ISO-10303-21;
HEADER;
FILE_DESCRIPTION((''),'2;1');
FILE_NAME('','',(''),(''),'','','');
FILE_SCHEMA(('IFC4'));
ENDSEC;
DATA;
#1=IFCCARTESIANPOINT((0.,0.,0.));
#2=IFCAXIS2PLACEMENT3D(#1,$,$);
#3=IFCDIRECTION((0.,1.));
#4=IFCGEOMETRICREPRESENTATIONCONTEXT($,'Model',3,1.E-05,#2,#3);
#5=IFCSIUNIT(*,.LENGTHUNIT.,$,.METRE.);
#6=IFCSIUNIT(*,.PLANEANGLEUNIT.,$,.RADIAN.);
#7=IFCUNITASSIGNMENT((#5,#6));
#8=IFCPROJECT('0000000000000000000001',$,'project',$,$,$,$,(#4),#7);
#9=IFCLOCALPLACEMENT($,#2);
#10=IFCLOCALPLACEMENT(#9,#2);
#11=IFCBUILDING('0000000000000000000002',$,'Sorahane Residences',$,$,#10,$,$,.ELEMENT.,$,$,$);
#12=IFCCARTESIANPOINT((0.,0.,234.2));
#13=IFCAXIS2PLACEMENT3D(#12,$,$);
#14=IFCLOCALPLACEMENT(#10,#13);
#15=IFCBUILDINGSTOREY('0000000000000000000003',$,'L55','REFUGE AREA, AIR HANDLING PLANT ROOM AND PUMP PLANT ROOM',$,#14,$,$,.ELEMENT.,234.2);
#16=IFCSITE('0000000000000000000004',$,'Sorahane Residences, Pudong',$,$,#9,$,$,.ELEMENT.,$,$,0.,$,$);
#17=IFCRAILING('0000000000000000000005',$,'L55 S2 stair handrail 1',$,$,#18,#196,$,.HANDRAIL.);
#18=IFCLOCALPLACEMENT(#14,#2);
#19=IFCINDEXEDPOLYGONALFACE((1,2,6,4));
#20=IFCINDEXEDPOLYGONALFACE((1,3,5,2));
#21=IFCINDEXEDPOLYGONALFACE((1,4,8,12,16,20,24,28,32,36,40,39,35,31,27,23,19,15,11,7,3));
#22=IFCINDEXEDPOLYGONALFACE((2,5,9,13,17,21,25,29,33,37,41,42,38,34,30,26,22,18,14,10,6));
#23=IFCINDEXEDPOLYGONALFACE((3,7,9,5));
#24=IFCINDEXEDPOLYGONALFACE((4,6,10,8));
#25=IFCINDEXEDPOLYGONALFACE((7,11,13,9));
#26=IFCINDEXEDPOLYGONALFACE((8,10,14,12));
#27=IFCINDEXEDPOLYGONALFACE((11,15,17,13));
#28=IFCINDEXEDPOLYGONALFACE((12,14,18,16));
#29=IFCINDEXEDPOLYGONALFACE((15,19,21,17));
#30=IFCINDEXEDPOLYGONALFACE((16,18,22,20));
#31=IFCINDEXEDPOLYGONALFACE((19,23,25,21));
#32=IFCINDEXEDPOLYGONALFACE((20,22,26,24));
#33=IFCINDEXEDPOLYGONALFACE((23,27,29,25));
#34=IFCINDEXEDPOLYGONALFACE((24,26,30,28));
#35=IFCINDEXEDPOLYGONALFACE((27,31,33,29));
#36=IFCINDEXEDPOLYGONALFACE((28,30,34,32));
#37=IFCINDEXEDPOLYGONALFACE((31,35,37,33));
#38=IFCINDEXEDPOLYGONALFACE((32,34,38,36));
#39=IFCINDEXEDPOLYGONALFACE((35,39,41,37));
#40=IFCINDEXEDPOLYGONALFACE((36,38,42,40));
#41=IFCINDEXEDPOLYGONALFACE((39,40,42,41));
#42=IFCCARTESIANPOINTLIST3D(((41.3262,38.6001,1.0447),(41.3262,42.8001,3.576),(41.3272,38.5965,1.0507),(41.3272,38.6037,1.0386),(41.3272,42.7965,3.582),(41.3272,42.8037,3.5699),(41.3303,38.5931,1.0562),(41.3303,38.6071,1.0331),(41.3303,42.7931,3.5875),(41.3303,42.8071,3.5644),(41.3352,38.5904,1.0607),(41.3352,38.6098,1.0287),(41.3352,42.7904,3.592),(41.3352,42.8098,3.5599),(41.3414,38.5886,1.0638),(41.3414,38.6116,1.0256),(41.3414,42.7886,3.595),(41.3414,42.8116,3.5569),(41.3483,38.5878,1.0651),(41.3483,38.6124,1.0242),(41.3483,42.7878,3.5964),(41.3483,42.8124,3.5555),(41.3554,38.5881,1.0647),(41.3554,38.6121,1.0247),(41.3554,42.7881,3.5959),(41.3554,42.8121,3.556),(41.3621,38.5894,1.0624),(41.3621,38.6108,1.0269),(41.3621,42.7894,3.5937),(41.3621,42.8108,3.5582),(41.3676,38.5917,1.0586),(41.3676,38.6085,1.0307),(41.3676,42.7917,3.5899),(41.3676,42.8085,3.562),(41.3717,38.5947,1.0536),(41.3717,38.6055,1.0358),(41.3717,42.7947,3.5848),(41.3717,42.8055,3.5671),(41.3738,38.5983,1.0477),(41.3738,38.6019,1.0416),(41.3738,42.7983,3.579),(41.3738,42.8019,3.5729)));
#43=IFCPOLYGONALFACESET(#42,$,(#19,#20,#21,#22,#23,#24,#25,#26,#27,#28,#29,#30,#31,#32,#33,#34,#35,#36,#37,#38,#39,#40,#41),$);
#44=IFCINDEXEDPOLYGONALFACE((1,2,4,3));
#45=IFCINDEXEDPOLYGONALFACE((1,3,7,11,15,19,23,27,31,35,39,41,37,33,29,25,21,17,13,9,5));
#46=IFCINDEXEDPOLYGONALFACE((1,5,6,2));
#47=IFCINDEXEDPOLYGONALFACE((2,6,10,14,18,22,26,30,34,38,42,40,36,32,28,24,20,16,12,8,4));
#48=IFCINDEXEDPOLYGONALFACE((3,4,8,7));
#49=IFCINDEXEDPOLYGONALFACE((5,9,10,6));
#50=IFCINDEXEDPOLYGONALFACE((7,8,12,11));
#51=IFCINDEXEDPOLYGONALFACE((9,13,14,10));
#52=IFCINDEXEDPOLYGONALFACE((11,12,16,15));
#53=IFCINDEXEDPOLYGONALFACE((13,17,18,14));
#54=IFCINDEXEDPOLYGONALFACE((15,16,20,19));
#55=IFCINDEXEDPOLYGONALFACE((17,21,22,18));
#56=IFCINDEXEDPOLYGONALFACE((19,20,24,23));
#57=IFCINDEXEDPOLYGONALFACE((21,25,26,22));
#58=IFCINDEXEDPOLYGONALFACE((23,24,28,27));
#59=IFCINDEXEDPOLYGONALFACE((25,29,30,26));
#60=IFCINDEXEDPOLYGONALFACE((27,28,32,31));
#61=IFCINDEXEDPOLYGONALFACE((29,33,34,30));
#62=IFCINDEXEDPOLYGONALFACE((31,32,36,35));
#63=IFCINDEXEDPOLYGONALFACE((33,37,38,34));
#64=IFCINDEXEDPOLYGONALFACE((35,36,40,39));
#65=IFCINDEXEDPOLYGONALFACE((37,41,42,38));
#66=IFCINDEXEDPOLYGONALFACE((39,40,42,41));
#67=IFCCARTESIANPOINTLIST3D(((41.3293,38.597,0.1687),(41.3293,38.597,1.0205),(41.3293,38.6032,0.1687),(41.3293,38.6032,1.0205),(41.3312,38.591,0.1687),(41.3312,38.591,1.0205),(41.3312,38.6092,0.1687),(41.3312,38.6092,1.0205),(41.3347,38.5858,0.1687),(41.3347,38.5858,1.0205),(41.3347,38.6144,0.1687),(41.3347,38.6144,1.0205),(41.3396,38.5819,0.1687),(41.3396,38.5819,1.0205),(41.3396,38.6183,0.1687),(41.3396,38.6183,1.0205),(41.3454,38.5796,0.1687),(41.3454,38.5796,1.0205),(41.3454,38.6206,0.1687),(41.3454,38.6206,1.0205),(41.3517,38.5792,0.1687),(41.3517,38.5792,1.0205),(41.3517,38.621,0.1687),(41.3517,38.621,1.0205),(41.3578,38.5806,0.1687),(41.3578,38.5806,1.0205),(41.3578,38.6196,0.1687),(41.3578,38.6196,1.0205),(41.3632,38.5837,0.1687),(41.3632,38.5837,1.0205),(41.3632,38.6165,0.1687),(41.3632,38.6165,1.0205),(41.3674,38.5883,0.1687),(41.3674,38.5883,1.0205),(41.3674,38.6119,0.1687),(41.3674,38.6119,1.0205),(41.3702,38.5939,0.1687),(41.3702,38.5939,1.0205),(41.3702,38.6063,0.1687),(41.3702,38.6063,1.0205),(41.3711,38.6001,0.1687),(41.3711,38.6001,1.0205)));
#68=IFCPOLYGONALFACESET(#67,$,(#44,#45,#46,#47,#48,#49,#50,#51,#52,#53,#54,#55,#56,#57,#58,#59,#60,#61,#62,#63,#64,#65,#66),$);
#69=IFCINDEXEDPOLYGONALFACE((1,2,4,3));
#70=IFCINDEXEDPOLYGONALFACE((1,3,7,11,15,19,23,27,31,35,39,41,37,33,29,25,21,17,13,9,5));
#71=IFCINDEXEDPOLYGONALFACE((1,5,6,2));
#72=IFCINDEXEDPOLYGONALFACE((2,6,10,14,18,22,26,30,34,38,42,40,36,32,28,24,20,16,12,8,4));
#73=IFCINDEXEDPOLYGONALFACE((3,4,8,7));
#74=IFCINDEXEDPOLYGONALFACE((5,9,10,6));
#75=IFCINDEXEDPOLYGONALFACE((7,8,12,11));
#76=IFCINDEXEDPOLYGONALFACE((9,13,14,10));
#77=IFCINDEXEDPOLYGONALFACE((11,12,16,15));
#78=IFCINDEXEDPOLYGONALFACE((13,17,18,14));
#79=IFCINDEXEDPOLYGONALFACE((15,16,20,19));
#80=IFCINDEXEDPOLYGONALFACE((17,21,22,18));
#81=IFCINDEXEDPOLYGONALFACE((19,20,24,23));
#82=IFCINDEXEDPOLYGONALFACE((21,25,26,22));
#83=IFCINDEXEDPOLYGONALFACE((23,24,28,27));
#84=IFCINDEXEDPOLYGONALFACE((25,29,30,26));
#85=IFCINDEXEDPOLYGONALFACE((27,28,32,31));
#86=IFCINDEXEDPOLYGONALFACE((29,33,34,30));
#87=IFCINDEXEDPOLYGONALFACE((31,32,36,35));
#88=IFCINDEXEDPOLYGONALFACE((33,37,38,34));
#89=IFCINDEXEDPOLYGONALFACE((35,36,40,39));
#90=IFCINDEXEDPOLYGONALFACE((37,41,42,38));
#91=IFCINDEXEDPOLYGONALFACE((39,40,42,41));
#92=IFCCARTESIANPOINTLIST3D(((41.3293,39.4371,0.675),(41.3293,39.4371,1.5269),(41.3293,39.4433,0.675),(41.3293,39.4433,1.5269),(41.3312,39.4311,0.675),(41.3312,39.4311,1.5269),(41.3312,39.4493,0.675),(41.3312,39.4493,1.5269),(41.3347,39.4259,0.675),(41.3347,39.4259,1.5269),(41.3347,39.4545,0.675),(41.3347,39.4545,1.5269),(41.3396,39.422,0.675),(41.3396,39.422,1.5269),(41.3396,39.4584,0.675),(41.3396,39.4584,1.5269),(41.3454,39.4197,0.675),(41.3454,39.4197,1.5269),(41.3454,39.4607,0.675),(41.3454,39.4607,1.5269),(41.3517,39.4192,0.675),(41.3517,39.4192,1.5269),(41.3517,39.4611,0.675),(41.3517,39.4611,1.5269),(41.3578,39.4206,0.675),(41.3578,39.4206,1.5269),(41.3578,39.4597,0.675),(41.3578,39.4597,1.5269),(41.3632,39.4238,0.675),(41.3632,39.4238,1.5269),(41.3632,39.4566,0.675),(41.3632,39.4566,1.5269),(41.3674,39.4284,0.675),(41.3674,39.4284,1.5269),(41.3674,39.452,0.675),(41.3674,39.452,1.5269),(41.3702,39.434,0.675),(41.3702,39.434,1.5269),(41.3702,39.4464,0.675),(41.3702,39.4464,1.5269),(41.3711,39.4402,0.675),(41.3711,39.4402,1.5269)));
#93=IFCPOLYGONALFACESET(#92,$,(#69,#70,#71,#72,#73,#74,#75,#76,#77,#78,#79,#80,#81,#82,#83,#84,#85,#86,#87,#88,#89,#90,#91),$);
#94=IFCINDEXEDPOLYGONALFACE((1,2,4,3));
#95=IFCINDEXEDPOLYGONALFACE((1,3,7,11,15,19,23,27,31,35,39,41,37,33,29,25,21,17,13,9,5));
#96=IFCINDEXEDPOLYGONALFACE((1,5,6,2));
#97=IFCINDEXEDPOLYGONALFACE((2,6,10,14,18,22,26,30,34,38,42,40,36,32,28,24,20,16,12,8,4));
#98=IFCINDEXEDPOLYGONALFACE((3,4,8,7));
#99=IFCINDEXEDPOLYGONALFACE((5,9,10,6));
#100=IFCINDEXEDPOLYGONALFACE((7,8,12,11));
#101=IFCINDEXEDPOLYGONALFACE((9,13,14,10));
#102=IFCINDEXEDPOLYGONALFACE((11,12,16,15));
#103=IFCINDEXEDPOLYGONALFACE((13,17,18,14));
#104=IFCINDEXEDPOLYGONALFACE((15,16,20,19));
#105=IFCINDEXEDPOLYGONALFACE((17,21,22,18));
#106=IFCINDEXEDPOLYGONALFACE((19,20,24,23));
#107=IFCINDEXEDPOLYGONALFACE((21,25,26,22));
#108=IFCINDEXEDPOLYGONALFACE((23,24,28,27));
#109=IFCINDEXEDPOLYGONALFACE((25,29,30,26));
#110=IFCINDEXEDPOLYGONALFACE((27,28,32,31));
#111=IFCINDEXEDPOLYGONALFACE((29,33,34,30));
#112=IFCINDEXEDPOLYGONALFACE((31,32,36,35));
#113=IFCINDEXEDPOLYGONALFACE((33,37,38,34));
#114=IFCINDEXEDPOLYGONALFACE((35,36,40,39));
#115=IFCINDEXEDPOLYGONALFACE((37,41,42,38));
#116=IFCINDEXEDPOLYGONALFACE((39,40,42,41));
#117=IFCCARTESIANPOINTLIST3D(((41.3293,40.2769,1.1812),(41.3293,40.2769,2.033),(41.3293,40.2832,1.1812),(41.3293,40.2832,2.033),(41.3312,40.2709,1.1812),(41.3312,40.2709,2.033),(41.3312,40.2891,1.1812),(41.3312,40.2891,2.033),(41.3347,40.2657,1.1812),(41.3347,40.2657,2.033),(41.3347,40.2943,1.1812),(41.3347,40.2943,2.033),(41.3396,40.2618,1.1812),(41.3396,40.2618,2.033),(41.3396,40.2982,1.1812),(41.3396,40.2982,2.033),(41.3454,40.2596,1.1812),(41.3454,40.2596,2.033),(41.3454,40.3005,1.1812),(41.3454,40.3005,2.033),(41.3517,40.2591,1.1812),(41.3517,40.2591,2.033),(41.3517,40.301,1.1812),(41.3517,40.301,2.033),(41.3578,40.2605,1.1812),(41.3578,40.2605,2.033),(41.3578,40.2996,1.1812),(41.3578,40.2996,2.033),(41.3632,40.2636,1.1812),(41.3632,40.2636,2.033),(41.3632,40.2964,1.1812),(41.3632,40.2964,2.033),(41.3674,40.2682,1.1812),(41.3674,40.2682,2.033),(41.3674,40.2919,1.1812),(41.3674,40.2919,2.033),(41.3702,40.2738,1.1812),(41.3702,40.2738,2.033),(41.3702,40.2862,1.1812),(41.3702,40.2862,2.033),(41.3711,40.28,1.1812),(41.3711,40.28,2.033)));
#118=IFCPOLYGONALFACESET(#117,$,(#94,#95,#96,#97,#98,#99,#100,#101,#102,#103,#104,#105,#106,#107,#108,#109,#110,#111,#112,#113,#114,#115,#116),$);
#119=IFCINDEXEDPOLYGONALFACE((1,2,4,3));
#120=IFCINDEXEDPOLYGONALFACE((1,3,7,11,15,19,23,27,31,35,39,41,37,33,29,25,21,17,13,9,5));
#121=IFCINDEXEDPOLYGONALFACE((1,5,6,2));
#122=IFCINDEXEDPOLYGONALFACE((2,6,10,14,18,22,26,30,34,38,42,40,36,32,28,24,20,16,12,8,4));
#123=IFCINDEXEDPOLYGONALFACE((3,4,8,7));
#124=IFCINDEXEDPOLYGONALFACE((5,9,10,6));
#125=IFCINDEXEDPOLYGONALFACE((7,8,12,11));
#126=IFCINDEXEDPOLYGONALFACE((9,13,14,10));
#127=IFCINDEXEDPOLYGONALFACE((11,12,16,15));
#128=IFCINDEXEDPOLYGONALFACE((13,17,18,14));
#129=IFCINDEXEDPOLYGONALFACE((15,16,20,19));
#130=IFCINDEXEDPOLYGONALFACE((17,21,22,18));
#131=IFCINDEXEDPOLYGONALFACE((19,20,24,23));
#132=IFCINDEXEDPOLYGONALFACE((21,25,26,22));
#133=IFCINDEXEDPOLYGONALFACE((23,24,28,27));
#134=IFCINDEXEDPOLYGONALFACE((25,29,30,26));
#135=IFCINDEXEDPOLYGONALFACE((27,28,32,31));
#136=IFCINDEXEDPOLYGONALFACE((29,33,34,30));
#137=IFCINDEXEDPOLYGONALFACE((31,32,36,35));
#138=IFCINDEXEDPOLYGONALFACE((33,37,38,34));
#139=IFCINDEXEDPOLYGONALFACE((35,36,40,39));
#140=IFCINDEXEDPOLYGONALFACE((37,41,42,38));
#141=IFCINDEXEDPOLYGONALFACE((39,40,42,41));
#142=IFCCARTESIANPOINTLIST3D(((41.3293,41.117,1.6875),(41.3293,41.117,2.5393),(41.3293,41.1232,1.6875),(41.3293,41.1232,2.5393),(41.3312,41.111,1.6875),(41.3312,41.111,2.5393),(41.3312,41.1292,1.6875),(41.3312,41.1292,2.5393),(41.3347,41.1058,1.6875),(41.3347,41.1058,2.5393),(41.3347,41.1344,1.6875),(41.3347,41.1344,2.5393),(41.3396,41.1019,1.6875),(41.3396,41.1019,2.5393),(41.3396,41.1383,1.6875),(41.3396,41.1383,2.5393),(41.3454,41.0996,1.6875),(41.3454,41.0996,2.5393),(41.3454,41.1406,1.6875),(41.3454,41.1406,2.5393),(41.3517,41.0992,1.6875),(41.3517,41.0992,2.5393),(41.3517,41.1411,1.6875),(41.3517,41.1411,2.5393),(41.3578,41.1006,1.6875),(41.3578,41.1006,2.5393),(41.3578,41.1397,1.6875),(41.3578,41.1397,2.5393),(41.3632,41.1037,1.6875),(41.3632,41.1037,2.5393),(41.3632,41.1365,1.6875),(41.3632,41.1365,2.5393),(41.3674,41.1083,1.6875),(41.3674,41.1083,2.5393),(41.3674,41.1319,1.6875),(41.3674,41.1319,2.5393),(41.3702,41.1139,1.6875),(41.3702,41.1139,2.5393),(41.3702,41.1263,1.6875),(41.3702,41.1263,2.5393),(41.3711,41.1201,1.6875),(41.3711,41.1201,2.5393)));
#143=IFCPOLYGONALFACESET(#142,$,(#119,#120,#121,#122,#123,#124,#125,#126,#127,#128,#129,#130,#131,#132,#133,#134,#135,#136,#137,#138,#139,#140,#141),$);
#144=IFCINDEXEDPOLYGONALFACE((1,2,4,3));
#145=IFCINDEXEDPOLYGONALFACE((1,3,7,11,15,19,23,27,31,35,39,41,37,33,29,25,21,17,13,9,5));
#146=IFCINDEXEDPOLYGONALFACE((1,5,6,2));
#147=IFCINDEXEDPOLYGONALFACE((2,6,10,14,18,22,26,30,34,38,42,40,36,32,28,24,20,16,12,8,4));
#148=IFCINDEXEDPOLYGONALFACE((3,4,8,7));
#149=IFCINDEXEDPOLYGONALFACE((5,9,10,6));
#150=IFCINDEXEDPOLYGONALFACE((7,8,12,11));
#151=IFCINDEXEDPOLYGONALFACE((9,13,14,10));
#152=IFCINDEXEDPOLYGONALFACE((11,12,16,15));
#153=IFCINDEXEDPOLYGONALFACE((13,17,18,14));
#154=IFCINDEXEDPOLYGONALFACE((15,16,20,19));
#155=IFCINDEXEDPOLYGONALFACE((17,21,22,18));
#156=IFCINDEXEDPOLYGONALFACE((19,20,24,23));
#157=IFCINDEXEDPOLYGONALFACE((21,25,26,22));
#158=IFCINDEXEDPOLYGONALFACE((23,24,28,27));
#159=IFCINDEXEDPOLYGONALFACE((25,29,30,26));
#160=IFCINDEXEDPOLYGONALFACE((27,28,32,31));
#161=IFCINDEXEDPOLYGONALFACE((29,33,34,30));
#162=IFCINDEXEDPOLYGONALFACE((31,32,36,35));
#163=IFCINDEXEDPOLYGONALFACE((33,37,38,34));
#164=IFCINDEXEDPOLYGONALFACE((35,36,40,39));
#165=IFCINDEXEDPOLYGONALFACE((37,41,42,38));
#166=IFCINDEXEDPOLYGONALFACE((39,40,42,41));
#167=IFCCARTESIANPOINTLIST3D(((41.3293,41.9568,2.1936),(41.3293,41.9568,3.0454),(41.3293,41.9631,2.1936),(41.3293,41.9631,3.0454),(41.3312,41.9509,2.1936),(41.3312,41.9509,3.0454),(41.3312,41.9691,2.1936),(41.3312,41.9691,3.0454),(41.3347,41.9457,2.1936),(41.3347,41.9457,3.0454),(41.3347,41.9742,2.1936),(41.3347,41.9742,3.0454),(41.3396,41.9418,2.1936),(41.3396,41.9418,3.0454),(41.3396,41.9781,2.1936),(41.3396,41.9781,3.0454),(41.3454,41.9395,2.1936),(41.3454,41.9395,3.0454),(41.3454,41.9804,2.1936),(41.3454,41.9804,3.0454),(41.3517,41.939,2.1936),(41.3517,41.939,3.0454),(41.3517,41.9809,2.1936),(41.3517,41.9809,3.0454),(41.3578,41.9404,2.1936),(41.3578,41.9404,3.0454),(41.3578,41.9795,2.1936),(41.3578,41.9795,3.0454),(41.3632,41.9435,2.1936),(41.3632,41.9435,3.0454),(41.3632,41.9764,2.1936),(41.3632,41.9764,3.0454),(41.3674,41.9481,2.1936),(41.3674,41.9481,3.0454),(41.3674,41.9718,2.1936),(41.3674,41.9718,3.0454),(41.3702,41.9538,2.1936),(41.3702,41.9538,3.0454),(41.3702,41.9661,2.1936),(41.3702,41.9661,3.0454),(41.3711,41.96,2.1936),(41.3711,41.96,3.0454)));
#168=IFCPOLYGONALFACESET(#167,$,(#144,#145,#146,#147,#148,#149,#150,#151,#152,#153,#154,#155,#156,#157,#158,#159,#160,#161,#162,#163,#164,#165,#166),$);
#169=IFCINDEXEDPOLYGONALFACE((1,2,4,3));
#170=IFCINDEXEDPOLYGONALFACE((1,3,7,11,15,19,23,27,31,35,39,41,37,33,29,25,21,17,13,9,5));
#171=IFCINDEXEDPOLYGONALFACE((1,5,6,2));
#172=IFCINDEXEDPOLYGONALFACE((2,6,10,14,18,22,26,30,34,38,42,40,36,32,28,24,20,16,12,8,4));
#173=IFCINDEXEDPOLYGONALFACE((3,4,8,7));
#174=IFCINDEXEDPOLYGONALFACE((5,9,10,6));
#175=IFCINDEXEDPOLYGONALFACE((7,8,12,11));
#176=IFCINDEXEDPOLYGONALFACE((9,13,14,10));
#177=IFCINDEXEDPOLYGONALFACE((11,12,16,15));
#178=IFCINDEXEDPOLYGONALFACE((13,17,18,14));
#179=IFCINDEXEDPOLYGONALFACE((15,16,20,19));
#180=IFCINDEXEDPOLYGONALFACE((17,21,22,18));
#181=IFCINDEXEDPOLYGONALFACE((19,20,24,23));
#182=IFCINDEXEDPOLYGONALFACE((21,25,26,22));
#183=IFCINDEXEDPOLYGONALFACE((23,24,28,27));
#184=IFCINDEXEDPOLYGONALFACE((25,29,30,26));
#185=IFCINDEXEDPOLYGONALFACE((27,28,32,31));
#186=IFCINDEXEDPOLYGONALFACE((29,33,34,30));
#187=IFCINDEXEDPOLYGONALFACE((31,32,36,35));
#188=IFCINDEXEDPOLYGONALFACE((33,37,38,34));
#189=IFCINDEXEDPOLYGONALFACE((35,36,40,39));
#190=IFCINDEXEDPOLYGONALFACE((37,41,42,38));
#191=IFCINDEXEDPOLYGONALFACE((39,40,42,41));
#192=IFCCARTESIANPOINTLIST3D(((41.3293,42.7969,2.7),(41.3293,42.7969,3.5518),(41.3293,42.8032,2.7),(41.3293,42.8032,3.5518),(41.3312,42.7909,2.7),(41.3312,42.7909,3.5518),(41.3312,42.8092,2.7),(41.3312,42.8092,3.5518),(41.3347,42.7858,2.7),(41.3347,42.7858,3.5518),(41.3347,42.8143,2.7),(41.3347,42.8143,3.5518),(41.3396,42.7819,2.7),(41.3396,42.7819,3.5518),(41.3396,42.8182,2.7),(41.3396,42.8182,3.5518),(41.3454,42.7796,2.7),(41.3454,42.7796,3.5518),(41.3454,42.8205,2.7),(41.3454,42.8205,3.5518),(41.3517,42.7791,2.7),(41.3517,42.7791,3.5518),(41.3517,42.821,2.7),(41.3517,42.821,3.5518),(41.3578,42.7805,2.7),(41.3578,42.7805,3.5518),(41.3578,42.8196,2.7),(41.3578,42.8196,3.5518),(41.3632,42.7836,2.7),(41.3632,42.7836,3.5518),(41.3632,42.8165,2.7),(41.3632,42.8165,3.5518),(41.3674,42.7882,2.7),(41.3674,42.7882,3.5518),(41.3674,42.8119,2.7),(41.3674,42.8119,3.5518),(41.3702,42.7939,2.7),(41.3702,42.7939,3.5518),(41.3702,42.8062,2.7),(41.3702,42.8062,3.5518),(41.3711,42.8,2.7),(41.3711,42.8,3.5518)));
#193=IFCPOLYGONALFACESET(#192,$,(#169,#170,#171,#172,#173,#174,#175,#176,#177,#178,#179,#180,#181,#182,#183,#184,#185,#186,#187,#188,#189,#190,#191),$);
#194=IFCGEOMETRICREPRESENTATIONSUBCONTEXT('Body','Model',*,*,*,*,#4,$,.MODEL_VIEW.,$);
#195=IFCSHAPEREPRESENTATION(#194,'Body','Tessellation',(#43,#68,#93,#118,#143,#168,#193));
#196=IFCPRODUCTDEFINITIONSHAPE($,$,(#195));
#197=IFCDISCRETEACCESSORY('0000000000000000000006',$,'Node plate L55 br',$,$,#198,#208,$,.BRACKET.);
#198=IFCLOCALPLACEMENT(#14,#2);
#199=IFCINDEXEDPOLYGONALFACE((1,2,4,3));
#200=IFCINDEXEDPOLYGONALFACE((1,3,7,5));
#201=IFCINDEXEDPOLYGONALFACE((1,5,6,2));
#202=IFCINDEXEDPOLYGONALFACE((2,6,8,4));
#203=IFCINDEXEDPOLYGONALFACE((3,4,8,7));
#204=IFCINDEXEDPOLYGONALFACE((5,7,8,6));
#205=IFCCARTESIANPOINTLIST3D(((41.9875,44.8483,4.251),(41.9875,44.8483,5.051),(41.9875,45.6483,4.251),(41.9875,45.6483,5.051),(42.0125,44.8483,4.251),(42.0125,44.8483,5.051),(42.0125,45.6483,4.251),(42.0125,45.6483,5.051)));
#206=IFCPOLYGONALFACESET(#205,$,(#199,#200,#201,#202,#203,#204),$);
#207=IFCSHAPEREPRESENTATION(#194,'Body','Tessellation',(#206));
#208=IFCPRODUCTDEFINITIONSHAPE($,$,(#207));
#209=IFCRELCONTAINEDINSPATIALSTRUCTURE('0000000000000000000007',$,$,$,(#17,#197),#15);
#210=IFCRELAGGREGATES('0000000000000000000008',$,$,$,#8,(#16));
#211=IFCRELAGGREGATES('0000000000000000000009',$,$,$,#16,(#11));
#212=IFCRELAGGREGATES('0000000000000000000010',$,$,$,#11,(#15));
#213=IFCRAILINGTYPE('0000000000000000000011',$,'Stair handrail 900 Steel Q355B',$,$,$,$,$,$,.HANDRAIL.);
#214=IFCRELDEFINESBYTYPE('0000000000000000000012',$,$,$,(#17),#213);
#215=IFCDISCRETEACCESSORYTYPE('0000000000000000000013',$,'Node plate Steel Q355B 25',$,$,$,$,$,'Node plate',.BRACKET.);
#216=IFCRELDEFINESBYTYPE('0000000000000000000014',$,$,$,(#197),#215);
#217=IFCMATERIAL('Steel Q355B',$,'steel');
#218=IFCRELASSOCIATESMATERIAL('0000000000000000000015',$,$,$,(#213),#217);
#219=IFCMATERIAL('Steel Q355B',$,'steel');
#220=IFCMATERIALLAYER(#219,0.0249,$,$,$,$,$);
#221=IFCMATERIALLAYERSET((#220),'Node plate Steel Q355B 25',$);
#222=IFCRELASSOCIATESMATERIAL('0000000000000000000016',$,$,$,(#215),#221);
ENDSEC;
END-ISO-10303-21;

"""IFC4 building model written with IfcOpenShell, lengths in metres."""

from ifc_helpers import new_model, si_unit, direction, frame, origin, origin_2d, place, context, subcontext, project, spatial, rectangle, circle, extrude, material, layer, layer_set, type_object, element, save


model = new_model("IFC4")

# Units and contexts
model_context = context("Model", 3, precision=1e-05, world=origin(), true_north=direction((0.0, 1.0)))
body_context = subcontext(model_context, "Body", "Model", "MODEL_VIEW")
ifc_project = project(units=[si_unit("LENGTHUNIT", "METRE"), si_unit("PLANEANGLEUNIT", "RADIAN")], contexts=[model_context])

# Site, building, storey
site_placement = place(None, origin())
site = spatial("IfcSite", under=ifc_project, at=site_placement, Name="Sorahane Residences, Pudong", CompositionType="ELEMENT", RefElevation=0.0)
building_placement = place(site_placement, origin())
building = spatial("IfcBuilding", under=site, at=building_placement, Name="Sorahane Residences", CompositionType="ELEMENT")
storey_placement = place(building_placement, frame((0.0, 0.0, 234.2)))
storey = spatial("IfcBuildingStorey", under=building, at=storey_placement, Name="L55", Description="REFUGE AREA, AIR HANDLING PLANT ROOM AND PUMP PLANT ROOM", CompositionType="ELEMENT", Elevation=234.2)

# Railing
ifc_material_1 = material(Name="Steel Q355B", Category="steel")
railing_type_1 = type_object("IfcRailingType", Name="Stair handrail 900 Steel Q355B", PredefinedType="HANDRAIL", material=ifc_material_1)
railing_1_placement = place(storey_placement, frame((41.3501, 38.6001, 0.1687)))
element("IfcRailing", 1, at=railing_1_placement, inside=storey, type_object=railing_type_1, Name="L55 S2 stair handrail 1", PredefinedType="HANDRAIL", context=body_context, shape_type="SweptSolid", body=[
    extrude(circle(Radius=0.0239, at=origin_2d()), frame((0.0, 0.0, 0.876), z_axis=(0.0, 0.856476, 0.516186), x_axis=(-1.0, 0.0, 0.0)), (0.0, 0.0, 1.0), 4.9038),
    extrude(circle(Radius=0.021, at=origin_2d()), origin(), (0.0, 0.0, 1.0), 0.8518),
    extrude(circle(Radius=0.021, at=origin_2d()), frame((0.0, 0.8401, 0.5063)), (0.0, 0.0, 1.0), 0.8518),
    extrude(circle(Radius=0.021, at=origin_2d()), frame((0.0, 1.6799, 1.0125)), (0.0, 0.0, 1.0), 0.8518),
    extrude(circle(Radius=0.021, at=origin_2d()), frame((0.0, 2.52, 1.5188)), (0.0, 0.0, 1.0), 0.8518),
    extrude(circle(Radius=0.021, at=origin_2d()), frame((0.0, 3.3599, 2.0249)), (0.0, 0.0, 1.0), 0.8518),
    extrude(circle(Radius=0.021, at=origin_2d()), frame((0.0, 4.2, 2.5312)), (0.0, 0.0, 1.0), 0.8518),
])

# Discrete accessory
ifc_material_2 = material(Name="Steel Q355B", Category="steel")
ifc_layer_1 = layer(ifc_material_2, 0.0249)
ifc_layer_set_1 = layer_set([ifc_layer_1], Name="Node plate Steel Q355B 25")
discrete_accessory_type = type_object("IfcDiscreteAccessoryType", Name="Node plate Steel Q355B 25", ElementType="Node plate", PredefinedType="BRACKET", material=ifc_layer_set_1)
for number, where, z_axis, x_axis, name in (
    (2, (42.0, 45.2483, 4.251), (0.0, 0.0, 1.0), (0.0, 1.0, 0.0), "Node plate L55 br"),
):
    element("IfcDiscreteAccessory", number, at=place(storey_placement, frame(where, z_axis=z_axis, x_axis=x_axis)), inside=storey, type_object=discrete_accessory_type, Name=name, PredefinedType="BRACKET", context=body_context, shape_type="SweptSolid", body=[
        extrude(rectangle(XDim=0.8, YDim=0.0249, at=origin_2d()), origin(), (0.0, 0.0, 1.0), 0.8),
    ])

save(model, "model.ifc")
